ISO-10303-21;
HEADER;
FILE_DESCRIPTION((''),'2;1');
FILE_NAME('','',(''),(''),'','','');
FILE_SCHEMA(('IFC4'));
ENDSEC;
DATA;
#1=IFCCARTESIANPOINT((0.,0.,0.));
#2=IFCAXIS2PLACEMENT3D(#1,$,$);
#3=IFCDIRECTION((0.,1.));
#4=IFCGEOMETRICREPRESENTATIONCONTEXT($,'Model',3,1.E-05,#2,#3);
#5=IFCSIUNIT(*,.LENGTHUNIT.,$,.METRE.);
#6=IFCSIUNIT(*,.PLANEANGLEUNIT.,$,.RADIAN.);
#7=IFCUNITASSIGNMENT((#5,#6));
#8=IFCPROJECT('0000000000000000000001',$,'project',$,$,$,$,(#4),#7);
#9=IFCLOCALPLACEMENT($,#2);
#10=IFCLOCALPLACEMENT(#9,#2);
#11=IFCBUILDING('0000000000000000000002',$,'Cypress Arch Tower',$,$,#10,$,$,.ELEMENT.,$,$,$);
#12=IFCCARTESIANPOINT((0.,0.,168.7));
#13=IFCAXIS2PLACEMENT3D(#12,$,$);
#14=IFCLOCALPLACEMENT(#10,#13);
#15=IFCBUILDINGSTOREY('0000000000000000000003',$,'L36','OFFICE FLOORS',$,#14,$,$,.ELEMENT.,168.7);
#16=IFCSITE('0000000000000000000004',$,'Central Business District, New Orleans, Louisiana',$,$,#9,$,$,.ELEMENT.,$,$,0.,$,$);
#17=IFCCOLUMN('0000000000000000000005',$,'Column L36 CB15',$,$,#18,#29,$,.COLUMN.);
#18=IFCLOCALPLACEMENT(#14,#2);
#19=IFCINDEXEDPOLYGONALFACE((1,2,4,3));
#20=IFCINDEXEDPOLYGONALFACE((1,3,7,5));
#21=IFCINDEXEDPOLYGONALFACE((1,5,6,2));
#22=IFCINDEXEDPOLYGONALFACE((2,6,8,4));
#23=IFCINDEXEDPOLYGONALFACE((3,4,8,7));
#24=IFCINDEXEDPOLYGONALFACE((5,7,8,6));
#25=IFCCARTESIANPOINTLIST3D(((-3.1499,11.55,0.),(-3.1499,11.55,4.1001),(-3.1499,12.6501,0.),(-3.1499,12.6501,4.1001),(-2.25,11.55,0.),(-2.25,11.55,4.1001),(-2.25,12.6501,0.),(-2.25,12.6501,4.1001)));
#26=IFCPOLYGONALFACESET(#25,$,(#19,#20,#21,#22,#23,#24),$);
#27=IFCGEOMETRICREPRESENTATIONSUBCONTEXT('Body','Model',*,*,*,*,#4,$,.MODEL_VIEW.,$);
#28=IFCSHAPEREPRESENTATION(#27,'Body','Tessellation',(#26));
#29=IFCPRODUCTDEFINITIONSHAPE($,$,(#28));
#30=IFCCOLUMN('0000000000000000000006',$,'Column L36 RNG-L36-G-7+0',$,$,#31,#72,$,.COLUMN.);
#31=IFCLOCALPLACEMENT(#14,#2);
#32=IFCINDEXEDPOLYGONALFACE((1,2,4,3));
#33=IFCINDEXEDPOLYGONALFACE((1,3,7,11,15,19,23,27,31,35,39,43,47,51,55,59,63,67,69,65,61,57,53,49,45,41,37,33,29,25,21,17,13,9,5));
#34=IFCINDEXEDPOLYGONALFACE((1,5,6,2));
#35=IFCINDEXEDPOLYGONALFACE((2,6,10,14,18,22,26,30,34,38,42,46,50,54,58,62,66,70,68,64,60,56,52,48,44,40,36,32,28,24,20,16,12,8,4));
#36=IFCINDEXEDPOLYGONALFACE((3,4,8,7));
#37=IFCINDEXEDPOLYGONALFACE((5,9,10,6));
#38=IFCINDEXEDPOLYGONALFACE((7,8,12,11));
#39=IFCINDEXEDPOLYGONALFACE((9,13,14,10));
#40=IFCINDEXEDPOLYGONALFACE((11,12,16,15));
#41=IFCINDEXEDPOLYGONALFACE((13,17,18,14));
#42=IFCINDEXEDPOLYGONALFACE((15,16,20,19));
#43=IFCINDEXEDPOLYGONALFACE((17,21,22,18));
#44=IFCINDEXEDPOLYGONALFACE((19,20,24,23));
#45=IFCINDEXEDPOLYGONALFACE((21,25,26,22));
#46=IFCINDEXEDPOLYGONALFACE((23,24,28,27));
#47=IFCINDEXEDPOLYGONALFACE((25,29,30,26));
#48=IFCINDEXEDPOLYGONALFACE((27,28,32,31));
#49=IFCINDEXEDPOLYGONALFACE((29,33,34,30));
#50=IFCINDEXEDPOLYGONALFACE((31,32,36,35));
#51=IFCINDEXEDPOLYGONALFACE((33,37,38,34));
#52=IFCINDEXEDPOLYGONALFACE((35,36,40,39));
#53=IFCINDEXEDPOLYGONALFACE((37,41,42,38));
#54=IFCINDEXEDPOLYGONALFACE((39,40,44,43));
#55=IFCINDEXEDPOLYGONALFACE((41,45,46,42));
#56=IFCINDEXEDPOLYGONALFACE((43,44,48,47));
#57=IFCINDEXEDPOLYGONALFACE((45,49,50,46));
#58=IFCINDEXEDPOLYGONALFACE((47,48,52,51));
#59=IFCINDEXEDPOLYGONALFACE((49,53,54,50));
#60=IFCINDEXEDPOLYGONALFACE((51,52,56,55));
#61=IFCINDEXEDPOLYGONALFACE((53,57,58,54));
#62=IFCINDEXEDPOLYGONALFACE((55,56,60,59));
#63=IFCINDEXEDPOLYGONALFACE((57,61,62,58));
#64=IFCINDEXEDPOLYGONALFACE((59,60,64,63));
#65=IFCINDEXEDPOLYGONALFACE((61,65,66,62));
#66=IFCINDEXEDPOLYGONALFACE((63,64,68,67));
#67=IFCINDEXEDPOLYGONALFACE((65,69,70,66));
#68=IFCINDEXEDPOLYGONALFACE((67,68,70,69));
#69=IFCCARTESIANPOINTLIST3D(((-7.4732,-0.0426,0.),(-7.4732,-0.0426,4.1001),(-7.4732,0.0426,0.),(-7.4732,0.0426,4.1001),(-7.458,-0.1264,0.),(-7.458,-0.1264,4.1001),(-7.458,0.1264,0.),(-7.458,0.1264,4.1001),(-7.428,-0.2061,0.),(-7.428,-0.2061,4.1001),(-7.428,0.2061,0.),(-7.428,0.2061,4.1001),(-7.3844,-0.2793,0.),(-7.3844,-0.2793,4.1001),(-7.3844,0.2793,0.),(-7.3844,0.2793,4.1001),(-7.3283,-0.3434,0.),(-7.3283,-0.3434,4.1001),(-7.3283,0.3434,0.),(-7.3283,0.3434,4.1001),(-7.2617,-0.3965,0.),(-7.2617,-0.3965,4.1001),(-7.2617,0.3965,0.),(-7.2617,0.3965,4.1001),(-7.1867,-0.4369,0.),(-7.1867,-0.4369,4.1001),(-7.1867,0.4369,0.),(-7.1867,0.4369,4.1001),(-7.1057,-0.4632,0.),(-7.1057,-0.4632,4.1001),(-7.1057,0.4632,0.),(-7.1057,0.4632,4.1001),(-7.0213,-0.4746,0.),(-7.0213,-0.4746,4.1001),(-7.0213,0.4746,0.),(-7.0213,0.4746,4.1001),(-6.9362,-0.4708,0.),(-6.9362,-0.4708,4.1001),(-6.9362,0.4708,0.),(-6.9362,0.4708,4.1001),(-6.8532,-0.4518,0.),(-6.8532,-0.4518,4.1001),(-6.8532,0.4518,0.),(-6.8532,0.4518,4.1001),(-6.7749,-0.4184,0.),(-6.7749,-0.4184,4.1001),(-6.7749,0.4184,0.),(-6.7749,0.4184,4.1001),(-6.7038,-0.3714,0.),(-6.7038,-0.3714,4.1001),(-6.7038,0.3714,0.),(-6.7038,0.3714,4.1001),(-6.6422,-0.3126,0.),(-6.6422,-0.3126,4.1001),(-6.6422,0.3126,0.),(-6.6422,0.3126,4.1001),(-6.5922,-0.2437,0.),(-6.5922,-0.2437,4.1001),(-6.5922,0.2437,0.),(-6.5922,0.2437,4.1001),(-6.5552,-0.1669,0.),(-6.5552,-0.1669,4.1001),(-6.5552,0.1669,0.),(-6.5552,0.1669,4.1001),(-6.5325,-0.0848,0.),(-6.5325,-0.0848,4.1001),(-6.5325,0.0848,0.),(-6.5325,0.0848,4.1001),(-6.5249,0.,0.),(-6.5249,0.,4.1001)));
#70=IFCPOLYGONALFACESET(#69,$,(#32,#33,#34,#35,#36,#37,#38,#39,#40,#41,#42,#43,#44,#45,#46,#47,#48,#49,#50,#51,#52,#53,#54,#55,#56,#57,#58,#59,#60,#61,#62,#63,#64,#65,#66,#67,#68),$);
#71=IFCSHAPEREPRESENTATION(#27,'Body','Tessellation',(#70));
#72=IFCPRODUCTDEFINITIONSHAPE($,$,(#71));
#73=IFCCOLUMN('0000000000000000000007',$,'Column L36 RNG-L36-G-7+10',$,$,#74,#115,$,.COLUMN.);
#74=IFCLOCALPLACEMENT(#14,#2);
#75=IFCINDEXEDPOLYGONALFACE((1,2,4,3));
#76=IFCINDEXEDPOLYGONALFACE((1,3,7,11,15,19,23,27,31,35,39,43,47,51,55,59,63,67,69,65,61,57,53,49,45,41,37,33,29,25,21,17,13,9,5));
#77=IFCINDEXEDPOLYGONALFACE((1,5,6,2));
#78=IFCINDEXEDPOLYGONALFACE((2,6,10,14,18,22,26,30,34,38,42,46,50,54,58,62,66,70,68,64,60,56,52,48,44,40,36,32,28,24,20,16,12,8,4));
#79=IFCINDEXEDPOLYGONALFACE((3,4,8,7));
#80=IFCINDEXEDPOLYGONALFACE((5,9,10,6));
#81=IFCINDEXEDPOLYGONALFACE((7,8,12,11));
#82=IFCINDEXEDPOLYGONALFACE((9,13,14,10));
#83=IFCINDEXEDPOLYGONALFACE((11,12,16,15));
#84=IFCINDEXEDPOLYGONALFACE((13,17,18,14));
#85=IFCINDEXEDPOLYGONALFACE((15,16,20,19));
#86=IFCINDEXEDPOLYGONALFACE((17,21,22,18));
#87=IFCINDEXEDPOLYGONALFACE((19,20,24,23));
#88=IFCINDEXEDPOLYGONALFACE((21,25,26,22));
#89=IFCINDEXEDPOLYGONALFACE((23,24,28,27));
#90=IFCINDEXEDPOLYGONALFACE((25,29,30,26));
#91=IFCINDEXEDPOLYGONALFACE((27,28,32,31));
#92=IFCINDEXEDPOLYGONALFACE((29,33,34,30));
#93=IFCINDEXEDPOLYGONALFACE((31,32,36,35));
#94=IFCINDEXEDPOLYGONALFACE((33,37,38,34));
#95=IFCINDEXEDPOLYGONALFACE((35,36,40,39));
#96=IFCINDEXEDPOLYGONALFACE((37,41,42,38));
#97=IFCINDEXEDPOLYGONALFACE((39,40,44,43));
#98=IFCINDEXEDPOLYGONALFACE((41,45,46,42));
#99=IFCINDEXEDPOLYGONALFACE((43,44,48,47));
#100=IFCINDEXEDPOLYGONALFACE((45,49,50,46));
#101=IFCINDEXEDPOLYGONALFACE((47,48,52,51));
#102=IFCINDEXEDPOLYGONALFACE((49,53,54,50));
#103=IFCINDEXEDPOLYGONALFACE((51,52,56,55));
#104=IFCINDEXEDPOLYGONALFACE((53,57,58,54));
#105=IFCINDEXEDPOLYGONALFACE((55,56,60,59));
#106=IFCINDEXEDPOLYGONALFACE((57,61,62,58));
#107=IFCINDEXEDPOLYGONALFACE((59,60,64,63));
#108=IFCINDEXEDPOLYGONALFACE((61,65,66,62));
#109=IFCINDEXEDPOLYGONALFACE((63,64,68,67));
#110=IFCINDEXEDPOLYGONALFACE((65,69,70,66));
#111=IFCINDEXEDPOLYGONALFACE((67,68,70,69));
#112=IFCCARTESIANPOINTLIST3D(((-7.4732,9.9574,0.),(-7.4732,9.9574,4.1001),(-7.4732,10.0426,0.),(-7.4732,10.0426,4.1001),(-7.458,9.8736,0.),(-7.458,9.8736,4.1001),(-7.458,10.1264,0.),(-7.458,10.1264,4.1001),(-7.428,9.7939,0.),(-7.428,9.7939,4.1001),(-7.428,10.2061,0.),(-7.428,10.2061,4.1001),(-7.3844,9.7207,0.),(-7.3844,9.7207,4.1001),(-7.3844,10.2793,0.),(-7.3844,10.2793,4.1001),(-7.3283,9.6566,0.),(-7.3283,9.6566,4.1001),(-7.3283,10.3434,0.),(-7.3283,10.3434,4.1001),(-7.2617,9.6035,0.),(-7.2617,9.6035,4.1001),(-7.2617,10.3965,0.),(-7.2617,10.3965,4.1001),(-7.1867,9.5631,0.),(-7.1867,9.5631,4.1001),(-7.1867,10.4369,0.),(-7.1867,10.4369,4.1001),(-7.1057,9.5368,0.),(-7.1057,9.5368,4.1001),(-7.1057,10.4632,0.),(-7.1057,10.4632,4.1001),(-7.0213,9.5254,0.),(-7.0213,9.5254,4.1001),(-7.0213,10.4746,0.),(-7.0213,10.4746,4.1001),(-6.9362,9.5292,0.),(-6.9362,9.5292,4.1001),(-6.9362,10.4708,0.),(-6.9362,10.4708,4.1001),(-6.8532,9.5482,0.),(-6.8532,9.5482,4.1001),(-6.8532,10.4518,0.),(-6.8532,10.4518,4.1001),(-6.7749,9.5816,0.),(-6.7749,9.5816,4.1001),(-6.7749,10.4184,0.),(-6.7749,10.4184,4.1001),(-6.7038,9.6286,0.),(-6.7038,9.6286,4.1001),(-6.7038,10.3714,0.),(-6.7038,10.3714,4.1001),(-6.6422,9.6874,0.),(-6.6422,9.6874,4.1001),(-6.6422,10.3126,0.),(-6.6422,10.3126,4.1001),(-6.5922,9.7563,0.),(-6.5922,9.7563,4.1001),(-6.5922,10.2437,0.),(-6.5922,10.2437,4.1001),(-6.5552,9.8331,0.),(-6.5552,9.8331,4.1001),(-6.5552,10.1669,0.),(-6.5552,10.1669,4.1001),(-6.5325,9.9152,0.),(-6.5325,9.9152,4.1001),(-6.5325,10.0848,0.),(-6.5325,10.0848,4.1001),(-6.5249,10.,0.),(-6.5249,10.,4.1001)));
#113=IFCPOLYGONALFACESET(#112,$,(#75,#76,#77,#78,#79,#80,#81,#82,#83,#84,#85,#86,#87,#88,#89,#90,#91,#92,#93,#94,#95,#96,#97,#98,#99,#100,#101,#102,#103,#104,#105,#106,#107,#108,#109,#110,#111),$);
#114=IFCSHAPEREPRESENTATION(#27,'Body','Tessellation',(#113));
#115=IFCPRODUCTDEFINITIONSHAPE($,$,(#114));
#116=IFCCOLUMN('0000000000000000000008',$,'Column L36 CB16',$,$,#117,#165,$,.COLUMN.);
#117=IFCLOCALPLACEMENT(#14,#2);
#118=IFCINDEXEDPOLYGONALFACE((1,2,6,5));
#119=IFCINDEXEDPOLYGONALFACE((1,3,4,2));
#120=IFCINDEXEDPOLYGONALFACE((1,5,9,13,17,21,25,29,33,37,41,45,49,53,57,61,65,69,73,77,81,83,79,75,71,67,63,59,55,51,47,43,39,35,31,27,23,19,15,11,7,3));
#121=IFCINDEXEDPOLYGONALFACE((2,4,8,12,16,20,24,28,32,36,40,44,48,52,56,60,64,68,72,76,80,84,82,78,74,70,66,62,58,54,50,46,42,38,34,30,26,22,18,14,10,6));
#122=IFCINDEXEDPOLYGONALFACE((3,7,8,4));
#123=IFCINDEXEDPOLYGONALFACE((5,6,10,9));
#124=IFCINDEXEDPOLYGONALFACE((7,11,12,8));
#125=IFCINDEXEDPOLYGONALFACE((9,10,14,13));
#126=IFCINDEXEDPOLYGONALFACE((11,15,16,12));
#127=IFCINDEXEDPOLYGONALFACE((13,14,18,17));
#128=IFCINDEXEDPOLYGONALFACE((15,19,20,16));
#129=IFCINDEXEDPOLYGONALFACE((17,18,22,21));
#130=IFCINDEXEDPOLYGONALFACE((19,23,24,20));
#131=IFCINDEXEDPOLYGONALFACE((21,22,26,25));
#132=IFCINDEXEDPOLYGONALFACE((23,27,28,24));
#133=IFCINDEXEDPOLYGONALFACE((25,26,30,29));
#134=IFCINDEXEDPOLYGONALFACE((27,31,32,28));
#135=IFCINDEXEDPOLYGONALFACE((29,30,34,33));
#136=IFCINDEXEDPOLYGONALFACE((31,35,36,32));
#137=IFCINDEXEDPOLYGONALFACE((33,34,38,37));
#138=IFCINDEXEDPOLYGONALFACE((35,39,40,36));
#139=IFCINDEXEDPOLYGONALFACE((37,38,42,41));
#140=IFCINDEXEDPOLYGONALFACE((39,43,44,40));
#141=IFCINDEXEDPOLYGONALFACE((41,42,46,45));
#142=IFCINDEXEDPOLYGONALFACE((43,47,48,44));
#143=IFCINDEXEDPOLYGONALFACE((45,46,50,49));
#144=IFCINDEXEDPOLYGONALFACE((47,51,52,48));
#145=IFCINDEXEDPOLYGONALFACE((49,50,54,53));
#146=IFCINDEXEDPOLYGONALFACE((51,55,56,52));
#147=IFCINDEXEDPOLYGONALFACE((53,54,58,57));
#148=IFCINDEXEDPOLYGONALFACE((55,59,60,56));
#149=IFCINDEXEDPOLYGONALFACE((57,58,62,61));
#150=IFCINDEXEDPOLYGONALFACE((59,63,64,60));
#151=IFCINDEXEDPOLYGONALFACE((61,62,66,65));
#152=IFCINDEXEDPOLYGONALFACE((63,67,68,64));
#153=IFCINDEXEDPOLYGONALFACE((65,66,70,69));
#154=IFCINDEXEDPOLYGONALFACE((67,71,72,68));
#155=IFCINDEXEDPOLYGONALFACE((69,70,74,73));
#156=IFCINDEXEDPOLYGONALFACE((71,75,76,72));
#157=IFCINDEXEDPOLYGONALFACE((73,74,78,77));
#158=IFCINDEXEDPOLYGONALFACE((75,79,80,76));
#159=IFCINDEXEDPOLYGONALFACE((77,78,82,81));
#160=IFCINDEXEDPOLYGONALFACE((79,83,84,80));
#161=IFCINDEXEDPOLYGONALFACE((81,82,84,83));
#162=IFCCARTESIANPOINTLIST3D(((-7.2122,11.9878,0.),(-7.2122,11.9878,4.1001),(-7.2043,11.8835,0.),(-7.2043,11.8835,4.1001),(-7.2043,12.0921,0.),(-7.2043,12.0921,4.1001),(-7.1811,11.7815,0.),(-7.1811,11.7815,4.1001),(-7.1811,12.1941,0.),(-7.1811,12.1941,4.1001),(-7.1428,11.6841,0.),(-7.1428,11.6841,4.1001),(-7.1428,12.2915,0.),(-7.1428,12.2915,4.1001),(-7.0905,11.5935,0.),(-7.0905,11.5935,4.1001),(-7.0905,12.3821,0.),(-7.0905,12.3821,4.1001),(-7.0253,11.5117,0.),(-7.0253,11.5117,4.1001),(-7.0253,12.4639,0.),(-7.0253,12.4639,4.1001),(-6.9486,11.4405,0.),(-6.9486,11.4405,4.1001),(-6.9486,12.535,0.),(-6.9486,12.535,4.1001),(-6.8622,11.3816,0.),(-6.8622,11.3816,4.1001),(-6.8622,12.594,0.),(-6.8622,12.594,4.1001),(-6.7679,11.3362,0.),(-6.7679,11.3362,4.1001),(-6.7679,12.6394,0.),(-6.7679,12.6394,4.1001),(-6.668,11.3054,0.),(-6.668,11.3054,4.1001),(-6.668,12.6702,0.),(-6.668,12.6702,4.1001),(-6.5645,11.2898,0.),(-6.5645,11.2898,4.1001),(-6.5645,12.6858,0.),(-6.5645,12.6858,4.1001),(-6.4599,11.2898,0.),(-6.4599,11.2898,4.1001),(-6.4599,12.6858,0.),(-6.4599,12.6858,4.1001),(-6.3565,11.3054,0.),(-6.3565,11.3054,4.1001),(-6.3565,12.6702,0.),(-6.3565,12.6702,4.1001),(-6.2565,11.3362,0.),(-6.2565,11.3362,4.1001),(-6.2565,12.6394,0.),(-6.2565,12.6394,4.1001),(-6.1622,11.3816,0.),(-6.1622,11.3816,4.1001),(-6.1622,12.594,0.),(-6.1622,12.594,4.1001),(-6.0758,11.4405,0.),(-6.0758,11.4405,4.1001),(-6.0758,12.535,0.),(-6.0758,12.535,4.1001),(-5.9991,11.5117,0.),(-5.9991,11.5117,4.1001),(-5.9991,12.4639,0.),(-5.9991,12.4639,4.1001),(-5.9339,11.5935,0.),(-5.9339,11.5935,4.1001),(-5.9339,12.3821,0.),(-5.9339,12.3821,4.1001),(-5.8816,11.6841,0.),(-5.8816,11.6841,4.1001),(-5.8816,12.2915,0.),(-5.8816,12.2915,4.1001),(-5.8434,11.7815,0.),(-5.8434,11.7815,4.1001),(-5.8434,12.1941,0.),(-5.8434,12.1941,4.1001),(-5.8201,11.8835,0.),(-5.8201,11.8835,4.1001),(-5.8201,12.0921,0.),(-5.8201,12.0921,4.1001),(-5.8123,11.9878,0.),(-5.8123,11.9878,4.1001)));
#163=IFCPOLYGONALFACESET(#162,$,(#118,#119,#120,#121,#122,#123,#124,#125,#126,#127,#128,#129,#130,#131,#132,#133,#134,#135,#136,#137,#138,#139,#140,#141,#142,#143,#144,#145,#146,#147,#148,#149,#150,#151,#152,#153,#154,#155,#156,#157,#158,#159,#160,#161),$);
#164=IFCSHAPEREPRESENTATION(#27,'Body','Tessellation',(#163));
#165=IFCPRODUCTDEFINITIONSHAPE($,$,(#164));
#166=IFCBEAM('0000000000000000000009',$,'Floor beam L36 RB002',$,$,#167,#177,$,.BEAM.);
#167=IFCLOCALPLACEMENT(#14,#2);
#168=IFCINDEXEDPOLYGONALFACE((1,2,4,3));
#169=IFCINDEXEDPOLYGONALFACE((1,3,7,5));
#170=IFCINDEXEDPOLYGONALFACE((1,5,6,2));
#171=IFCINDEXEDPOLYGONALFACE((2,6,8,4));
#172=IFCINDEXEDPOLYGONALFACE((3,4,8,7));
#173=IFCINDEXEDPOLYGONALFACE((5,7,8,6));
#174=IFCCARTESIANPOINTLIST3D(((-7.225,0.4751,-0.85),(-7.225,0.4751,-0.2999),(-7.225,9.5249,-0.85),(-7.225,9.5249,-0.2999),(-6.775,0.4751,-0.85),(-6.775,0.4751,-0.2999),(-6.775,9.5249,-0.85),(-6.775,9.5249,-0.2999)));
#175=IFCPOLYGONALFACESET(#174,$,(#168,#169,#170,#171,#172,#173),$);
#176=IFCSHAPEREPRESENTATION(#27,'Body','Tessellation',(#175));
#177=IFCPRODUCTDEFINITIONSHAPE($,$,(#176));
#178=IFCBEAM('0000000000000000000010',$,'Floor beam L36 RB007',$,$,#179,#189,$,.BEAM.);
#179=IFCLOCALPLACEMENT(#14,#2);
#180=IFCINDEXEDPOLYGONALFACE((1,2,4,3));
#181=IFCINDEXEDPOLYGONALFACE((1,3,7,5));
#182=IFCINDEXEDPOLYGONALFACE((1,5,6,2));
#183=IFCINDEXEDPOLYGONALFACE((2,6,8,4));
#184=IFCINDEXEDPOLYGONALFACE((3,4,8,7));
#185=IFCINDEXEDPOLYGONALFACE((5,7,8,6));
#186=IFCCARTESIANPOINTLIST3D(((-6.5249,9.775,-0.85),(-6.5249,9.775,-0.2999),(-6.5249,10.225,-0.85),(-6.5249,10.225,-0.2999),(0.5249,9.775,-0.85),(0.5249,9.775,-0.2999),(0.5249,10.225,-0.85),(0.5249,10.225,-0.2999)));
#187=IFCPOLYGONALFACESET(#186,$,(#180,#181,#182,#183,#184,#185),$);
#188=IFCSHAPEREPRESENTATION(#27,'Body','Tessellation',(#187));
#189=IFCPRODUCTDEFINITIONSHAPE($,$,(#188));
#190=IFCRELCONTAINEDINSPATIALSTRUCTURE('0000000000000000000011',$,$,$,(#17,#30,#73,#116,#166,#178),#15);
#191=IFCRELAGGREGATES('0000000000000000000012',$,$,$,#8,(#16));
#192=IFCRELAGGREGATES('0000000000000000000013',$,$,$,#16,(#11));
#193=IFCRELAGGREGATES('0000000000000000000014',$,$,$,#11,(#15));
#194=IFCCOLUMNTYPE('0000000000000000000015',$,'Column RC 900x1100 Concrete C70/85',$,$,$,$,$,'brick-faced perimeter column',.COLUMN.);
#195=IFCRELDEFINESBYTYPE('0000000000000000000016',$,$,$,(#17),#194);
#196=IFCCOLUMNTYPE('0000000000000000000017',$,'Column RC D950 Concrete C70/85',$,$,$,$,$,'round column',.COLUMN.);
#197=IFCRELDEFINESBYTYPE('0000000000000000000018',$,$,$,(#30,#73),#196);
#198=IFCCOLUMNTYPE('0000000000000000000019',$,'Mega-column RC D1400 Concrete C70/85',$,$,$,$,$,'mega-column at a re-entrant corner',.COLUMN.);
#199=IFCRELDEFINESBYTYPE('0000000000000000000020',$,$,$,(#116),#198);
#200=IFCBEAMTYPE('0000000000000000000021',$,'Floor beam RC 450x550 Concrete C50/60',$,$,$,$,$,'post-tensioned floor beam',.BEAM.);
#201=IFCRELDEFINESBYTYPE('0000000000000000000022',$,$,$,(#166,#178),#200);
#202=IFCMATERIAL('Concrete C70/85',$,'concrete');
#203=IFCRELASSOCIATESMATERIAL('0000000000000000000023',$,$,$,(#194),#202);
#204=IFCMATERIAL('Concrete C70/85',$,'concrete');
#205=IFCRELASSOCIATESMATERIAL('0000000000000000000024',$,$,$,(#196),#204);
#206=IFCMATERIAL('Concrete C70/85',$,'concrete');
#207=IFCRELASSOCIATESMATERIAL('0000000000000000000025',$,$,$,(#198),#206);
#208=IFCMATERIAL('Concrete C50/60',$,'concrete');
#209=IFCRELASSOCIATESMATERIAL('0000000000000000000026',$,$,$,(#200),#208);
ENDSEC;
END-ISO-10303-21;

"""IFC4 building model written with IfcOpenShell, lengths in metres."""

from ifc_helpers import new_model, si_unit, direction, frame, origin, origin_2d, place, context, subcontext, project, spatial, rectangle, circle, extrude, material, material_profile, profile_set, type_object, element, save


model = new_model("IFC4")

# Units and contexts
model_context = context("Model", 3, precision=1e-05, world=origin(), true_north=direction((0.0, 1.0)))
body_context = subcontext(model_context, "Body", "Model", "MODEL_VIEW")
ifc_project = project(units=[si_unit("LENGTHUNIT", "METRE"), si_unit("PLANEANGLEUNIT", "RADIAN")], contexts=[model_context])

# Site, building, storey
site_placement = place(None, origin())
site = spatial("IfcSite", under=ifc_project, at=site_placement, Name="Central Business District, New Orleans, Louisiana", CompositionType="ELEMENT", RefElevation=0.0)
building_placement = place(site_placement, origin())
building = spatial("IfcBuilding", under=site, at=building_placement, Name="Cypress Arch Tower", CompositionType="ELEMENT")
storey_placement = place(building_placement, frame((0.0, 0.0, 168.7)))
storey = spatial("IfcBuildingStorey", under=building, at=storey_placement, Name="L36", Description="OFFICE FLOORS", CompositionType="ELEMENT", Elevation=168.7)

# Columns
ifc_material_1 = material(Name="Concrete C70/85", Category="concrete")
ifc_material_profile_1 = material_profile(ifc_material_1, rectangle(XDim=0.8999, YDim=1.1001, at=origin_2d()), Name="RC 900x1100")
ifc_profile_set_1 = profile_set([ifc_material_profile_1], Name="Concrete C70/85")
column_type_1 = type_object("IfcColumnType", Name="Column RC 900x1100 Concrete C70/85", ElementType="brick-faced perimeter column", PredefinedType="COLUMN", material=ifc_profile_set_1)
column_1_placement = place(storey_placement, frame((-2.7, 12.1001, 0.0), z_axis=(0.0, 0.0, 1.0), x_axis=(-1.0, 0.0, 0.0)))
element("IfcColumn", 1, at=column_1_placement, inside=storey, type_object=column_type_1, Name="Column L36 CB15", PredefinedType="COLUMN", context=body_context, shape_type="SweptSolid", body=[
    extrude(rectangle(XDim=0.8999, YDim=1.1001, at=origin_2d()), origin(), (0.0, 0.0, 1.0), 4.1001),
])
ifc_material_2 = material(Name="Concrete C70/85", Category="concrete")
ifc_material_profile_2 = material_profile(ifc_material_2, circle(Radius=0.4751, at=origin_2d()), Name="RC D950")
ifc_profile_set_2 = profile_set([ifc_material_profile_2], Name="Concrete C70/85")
column_type_2 = type_object("IfcColumnType", Name="Column RC D950 Concrete C70/85", ElementType="round column", PredefinedType="COLUMN", material=ifc_profile_set_2)
for number, where, z_axis, x_axis, name in (
    (2, (-7.0, 0.0, 0.0), (0.0, 0.0, 1.0), (1.0, 0.0, 0.0), "Column L36 RNG-L36-G-7+0"),
    (3, (-7.0, 10.0, 0.0), (0.0, 0.0, 1.0), (1.0, 0.0, 0.0), "Column L36 RNG-L36-G-7+10"),
):
    element("IfcColumn", number, at=place(storey_placement, frame(where, z_axis=z_axis, x_axis=x_axis)), inside=storey, type_object=column_type_2, Name=name, PredefinedType="COLUMN", context=body_context, shape_type="SweptSolid", body=[
        extrude(circle(Radius=0.4751, at=origin_2d()), origin(), (0.0, 0.0, 1.0), 4.1001),
    ])
ifc_material_3 = material(Name="Concrete C70/85", Category="concrete")
ifc_material_profile_3 = material_profile(ifc_material_3, circle(Radius=0.7, at=origin_2d()), Name="RC D1400")
ifc_profile_set_3 = profile_set([ifc_material_profile_3], Name="Concrete C70/85")
column_type_3 = type_object("IfcColumnType", Name="Mega-column RC D1400 Concrete C70/85", ElementType="mega-column at a re-entrant corner", PredefinedType="COLUMN", material=ifc_profile_set_3)
column_2_placement = place(storey_placement, frame((-6.5122, 11.9878, 0.0), z_axis=(0.0, 0.0, 1.0), x_axis=(1.0, 0.0, 0.0)))
element("IfcColumn", 4, at=column_2_placement, inside=storey, type_object=column_type_3, Name="Column L36 CB16", PredefinedType="COLUMN", context=body_context, shape_type="SweptSolid", body=[
    extrude(circle(Radius=0.7, at=origin_2d()), origin(), (0.0, 0.0, 1.0), 4.1001),
])

# Beams
ifc_material_4 = material(Name="Concrete C50/60", Category="concrete")
ifc_material_profile_4 = material_profile(ifc_material_4, rectangle(XDim=0.45, YDim=0.55, at=origin_2d()), Name="RC 450x550")
ifc_profile_set_4 = profile_set([ifc_material_profile_4], Name="Concrete C50/60")
beam_type_1 = type_object("IfcBeamType", Name="Floor beam RC 450x550 Concrete C50/60", ElementType="post-tensioned floor beam", PredefinedType="BEAM", material=ifc_profile_set_4)
beam_1_placement = place(storey_placement, frame((-7.0, 0.4751, -0.575), z_axis=(0.0, 1.0, 0.0), x_axis=(-1.0, 0.0, 0.0)))
element("IfcBeam", 5, at=beam_1_placement, inside=storey, type_object=beam_type_1, Name="Floor beam L36 RB002", PredefinedType="BEAM", context=body_context, shape_type="SweptSolid", body=[
    extrude(rectangle(XDim=0.45, YDim=0.55, at=origin_2d()), origin(), (0.0, 0.0, 1.0), 9.0498),
])
beam_2_placement = place(storey_placement, frame((-6.5249, 10.0, -0.575), z_axis=(1.0, 0.0, 0.0), x_axis=(0.0, 1.0, 0.0)))
element("IfcBeam", 6, at=beam_2_placement, inside=storey, type_object=beam_type_1, Name="Floor beam L36 RB007", PredefinedType="BEAM", context=body_context, shape_type="SweptSolid", body=[
    extrude(rectangle(XDim=0.45, YDim=0.55, at=origin_2d()), origin(), (0.0, 0.0, 1.0), 7.0498),
])

save(model, "model.ifc")
